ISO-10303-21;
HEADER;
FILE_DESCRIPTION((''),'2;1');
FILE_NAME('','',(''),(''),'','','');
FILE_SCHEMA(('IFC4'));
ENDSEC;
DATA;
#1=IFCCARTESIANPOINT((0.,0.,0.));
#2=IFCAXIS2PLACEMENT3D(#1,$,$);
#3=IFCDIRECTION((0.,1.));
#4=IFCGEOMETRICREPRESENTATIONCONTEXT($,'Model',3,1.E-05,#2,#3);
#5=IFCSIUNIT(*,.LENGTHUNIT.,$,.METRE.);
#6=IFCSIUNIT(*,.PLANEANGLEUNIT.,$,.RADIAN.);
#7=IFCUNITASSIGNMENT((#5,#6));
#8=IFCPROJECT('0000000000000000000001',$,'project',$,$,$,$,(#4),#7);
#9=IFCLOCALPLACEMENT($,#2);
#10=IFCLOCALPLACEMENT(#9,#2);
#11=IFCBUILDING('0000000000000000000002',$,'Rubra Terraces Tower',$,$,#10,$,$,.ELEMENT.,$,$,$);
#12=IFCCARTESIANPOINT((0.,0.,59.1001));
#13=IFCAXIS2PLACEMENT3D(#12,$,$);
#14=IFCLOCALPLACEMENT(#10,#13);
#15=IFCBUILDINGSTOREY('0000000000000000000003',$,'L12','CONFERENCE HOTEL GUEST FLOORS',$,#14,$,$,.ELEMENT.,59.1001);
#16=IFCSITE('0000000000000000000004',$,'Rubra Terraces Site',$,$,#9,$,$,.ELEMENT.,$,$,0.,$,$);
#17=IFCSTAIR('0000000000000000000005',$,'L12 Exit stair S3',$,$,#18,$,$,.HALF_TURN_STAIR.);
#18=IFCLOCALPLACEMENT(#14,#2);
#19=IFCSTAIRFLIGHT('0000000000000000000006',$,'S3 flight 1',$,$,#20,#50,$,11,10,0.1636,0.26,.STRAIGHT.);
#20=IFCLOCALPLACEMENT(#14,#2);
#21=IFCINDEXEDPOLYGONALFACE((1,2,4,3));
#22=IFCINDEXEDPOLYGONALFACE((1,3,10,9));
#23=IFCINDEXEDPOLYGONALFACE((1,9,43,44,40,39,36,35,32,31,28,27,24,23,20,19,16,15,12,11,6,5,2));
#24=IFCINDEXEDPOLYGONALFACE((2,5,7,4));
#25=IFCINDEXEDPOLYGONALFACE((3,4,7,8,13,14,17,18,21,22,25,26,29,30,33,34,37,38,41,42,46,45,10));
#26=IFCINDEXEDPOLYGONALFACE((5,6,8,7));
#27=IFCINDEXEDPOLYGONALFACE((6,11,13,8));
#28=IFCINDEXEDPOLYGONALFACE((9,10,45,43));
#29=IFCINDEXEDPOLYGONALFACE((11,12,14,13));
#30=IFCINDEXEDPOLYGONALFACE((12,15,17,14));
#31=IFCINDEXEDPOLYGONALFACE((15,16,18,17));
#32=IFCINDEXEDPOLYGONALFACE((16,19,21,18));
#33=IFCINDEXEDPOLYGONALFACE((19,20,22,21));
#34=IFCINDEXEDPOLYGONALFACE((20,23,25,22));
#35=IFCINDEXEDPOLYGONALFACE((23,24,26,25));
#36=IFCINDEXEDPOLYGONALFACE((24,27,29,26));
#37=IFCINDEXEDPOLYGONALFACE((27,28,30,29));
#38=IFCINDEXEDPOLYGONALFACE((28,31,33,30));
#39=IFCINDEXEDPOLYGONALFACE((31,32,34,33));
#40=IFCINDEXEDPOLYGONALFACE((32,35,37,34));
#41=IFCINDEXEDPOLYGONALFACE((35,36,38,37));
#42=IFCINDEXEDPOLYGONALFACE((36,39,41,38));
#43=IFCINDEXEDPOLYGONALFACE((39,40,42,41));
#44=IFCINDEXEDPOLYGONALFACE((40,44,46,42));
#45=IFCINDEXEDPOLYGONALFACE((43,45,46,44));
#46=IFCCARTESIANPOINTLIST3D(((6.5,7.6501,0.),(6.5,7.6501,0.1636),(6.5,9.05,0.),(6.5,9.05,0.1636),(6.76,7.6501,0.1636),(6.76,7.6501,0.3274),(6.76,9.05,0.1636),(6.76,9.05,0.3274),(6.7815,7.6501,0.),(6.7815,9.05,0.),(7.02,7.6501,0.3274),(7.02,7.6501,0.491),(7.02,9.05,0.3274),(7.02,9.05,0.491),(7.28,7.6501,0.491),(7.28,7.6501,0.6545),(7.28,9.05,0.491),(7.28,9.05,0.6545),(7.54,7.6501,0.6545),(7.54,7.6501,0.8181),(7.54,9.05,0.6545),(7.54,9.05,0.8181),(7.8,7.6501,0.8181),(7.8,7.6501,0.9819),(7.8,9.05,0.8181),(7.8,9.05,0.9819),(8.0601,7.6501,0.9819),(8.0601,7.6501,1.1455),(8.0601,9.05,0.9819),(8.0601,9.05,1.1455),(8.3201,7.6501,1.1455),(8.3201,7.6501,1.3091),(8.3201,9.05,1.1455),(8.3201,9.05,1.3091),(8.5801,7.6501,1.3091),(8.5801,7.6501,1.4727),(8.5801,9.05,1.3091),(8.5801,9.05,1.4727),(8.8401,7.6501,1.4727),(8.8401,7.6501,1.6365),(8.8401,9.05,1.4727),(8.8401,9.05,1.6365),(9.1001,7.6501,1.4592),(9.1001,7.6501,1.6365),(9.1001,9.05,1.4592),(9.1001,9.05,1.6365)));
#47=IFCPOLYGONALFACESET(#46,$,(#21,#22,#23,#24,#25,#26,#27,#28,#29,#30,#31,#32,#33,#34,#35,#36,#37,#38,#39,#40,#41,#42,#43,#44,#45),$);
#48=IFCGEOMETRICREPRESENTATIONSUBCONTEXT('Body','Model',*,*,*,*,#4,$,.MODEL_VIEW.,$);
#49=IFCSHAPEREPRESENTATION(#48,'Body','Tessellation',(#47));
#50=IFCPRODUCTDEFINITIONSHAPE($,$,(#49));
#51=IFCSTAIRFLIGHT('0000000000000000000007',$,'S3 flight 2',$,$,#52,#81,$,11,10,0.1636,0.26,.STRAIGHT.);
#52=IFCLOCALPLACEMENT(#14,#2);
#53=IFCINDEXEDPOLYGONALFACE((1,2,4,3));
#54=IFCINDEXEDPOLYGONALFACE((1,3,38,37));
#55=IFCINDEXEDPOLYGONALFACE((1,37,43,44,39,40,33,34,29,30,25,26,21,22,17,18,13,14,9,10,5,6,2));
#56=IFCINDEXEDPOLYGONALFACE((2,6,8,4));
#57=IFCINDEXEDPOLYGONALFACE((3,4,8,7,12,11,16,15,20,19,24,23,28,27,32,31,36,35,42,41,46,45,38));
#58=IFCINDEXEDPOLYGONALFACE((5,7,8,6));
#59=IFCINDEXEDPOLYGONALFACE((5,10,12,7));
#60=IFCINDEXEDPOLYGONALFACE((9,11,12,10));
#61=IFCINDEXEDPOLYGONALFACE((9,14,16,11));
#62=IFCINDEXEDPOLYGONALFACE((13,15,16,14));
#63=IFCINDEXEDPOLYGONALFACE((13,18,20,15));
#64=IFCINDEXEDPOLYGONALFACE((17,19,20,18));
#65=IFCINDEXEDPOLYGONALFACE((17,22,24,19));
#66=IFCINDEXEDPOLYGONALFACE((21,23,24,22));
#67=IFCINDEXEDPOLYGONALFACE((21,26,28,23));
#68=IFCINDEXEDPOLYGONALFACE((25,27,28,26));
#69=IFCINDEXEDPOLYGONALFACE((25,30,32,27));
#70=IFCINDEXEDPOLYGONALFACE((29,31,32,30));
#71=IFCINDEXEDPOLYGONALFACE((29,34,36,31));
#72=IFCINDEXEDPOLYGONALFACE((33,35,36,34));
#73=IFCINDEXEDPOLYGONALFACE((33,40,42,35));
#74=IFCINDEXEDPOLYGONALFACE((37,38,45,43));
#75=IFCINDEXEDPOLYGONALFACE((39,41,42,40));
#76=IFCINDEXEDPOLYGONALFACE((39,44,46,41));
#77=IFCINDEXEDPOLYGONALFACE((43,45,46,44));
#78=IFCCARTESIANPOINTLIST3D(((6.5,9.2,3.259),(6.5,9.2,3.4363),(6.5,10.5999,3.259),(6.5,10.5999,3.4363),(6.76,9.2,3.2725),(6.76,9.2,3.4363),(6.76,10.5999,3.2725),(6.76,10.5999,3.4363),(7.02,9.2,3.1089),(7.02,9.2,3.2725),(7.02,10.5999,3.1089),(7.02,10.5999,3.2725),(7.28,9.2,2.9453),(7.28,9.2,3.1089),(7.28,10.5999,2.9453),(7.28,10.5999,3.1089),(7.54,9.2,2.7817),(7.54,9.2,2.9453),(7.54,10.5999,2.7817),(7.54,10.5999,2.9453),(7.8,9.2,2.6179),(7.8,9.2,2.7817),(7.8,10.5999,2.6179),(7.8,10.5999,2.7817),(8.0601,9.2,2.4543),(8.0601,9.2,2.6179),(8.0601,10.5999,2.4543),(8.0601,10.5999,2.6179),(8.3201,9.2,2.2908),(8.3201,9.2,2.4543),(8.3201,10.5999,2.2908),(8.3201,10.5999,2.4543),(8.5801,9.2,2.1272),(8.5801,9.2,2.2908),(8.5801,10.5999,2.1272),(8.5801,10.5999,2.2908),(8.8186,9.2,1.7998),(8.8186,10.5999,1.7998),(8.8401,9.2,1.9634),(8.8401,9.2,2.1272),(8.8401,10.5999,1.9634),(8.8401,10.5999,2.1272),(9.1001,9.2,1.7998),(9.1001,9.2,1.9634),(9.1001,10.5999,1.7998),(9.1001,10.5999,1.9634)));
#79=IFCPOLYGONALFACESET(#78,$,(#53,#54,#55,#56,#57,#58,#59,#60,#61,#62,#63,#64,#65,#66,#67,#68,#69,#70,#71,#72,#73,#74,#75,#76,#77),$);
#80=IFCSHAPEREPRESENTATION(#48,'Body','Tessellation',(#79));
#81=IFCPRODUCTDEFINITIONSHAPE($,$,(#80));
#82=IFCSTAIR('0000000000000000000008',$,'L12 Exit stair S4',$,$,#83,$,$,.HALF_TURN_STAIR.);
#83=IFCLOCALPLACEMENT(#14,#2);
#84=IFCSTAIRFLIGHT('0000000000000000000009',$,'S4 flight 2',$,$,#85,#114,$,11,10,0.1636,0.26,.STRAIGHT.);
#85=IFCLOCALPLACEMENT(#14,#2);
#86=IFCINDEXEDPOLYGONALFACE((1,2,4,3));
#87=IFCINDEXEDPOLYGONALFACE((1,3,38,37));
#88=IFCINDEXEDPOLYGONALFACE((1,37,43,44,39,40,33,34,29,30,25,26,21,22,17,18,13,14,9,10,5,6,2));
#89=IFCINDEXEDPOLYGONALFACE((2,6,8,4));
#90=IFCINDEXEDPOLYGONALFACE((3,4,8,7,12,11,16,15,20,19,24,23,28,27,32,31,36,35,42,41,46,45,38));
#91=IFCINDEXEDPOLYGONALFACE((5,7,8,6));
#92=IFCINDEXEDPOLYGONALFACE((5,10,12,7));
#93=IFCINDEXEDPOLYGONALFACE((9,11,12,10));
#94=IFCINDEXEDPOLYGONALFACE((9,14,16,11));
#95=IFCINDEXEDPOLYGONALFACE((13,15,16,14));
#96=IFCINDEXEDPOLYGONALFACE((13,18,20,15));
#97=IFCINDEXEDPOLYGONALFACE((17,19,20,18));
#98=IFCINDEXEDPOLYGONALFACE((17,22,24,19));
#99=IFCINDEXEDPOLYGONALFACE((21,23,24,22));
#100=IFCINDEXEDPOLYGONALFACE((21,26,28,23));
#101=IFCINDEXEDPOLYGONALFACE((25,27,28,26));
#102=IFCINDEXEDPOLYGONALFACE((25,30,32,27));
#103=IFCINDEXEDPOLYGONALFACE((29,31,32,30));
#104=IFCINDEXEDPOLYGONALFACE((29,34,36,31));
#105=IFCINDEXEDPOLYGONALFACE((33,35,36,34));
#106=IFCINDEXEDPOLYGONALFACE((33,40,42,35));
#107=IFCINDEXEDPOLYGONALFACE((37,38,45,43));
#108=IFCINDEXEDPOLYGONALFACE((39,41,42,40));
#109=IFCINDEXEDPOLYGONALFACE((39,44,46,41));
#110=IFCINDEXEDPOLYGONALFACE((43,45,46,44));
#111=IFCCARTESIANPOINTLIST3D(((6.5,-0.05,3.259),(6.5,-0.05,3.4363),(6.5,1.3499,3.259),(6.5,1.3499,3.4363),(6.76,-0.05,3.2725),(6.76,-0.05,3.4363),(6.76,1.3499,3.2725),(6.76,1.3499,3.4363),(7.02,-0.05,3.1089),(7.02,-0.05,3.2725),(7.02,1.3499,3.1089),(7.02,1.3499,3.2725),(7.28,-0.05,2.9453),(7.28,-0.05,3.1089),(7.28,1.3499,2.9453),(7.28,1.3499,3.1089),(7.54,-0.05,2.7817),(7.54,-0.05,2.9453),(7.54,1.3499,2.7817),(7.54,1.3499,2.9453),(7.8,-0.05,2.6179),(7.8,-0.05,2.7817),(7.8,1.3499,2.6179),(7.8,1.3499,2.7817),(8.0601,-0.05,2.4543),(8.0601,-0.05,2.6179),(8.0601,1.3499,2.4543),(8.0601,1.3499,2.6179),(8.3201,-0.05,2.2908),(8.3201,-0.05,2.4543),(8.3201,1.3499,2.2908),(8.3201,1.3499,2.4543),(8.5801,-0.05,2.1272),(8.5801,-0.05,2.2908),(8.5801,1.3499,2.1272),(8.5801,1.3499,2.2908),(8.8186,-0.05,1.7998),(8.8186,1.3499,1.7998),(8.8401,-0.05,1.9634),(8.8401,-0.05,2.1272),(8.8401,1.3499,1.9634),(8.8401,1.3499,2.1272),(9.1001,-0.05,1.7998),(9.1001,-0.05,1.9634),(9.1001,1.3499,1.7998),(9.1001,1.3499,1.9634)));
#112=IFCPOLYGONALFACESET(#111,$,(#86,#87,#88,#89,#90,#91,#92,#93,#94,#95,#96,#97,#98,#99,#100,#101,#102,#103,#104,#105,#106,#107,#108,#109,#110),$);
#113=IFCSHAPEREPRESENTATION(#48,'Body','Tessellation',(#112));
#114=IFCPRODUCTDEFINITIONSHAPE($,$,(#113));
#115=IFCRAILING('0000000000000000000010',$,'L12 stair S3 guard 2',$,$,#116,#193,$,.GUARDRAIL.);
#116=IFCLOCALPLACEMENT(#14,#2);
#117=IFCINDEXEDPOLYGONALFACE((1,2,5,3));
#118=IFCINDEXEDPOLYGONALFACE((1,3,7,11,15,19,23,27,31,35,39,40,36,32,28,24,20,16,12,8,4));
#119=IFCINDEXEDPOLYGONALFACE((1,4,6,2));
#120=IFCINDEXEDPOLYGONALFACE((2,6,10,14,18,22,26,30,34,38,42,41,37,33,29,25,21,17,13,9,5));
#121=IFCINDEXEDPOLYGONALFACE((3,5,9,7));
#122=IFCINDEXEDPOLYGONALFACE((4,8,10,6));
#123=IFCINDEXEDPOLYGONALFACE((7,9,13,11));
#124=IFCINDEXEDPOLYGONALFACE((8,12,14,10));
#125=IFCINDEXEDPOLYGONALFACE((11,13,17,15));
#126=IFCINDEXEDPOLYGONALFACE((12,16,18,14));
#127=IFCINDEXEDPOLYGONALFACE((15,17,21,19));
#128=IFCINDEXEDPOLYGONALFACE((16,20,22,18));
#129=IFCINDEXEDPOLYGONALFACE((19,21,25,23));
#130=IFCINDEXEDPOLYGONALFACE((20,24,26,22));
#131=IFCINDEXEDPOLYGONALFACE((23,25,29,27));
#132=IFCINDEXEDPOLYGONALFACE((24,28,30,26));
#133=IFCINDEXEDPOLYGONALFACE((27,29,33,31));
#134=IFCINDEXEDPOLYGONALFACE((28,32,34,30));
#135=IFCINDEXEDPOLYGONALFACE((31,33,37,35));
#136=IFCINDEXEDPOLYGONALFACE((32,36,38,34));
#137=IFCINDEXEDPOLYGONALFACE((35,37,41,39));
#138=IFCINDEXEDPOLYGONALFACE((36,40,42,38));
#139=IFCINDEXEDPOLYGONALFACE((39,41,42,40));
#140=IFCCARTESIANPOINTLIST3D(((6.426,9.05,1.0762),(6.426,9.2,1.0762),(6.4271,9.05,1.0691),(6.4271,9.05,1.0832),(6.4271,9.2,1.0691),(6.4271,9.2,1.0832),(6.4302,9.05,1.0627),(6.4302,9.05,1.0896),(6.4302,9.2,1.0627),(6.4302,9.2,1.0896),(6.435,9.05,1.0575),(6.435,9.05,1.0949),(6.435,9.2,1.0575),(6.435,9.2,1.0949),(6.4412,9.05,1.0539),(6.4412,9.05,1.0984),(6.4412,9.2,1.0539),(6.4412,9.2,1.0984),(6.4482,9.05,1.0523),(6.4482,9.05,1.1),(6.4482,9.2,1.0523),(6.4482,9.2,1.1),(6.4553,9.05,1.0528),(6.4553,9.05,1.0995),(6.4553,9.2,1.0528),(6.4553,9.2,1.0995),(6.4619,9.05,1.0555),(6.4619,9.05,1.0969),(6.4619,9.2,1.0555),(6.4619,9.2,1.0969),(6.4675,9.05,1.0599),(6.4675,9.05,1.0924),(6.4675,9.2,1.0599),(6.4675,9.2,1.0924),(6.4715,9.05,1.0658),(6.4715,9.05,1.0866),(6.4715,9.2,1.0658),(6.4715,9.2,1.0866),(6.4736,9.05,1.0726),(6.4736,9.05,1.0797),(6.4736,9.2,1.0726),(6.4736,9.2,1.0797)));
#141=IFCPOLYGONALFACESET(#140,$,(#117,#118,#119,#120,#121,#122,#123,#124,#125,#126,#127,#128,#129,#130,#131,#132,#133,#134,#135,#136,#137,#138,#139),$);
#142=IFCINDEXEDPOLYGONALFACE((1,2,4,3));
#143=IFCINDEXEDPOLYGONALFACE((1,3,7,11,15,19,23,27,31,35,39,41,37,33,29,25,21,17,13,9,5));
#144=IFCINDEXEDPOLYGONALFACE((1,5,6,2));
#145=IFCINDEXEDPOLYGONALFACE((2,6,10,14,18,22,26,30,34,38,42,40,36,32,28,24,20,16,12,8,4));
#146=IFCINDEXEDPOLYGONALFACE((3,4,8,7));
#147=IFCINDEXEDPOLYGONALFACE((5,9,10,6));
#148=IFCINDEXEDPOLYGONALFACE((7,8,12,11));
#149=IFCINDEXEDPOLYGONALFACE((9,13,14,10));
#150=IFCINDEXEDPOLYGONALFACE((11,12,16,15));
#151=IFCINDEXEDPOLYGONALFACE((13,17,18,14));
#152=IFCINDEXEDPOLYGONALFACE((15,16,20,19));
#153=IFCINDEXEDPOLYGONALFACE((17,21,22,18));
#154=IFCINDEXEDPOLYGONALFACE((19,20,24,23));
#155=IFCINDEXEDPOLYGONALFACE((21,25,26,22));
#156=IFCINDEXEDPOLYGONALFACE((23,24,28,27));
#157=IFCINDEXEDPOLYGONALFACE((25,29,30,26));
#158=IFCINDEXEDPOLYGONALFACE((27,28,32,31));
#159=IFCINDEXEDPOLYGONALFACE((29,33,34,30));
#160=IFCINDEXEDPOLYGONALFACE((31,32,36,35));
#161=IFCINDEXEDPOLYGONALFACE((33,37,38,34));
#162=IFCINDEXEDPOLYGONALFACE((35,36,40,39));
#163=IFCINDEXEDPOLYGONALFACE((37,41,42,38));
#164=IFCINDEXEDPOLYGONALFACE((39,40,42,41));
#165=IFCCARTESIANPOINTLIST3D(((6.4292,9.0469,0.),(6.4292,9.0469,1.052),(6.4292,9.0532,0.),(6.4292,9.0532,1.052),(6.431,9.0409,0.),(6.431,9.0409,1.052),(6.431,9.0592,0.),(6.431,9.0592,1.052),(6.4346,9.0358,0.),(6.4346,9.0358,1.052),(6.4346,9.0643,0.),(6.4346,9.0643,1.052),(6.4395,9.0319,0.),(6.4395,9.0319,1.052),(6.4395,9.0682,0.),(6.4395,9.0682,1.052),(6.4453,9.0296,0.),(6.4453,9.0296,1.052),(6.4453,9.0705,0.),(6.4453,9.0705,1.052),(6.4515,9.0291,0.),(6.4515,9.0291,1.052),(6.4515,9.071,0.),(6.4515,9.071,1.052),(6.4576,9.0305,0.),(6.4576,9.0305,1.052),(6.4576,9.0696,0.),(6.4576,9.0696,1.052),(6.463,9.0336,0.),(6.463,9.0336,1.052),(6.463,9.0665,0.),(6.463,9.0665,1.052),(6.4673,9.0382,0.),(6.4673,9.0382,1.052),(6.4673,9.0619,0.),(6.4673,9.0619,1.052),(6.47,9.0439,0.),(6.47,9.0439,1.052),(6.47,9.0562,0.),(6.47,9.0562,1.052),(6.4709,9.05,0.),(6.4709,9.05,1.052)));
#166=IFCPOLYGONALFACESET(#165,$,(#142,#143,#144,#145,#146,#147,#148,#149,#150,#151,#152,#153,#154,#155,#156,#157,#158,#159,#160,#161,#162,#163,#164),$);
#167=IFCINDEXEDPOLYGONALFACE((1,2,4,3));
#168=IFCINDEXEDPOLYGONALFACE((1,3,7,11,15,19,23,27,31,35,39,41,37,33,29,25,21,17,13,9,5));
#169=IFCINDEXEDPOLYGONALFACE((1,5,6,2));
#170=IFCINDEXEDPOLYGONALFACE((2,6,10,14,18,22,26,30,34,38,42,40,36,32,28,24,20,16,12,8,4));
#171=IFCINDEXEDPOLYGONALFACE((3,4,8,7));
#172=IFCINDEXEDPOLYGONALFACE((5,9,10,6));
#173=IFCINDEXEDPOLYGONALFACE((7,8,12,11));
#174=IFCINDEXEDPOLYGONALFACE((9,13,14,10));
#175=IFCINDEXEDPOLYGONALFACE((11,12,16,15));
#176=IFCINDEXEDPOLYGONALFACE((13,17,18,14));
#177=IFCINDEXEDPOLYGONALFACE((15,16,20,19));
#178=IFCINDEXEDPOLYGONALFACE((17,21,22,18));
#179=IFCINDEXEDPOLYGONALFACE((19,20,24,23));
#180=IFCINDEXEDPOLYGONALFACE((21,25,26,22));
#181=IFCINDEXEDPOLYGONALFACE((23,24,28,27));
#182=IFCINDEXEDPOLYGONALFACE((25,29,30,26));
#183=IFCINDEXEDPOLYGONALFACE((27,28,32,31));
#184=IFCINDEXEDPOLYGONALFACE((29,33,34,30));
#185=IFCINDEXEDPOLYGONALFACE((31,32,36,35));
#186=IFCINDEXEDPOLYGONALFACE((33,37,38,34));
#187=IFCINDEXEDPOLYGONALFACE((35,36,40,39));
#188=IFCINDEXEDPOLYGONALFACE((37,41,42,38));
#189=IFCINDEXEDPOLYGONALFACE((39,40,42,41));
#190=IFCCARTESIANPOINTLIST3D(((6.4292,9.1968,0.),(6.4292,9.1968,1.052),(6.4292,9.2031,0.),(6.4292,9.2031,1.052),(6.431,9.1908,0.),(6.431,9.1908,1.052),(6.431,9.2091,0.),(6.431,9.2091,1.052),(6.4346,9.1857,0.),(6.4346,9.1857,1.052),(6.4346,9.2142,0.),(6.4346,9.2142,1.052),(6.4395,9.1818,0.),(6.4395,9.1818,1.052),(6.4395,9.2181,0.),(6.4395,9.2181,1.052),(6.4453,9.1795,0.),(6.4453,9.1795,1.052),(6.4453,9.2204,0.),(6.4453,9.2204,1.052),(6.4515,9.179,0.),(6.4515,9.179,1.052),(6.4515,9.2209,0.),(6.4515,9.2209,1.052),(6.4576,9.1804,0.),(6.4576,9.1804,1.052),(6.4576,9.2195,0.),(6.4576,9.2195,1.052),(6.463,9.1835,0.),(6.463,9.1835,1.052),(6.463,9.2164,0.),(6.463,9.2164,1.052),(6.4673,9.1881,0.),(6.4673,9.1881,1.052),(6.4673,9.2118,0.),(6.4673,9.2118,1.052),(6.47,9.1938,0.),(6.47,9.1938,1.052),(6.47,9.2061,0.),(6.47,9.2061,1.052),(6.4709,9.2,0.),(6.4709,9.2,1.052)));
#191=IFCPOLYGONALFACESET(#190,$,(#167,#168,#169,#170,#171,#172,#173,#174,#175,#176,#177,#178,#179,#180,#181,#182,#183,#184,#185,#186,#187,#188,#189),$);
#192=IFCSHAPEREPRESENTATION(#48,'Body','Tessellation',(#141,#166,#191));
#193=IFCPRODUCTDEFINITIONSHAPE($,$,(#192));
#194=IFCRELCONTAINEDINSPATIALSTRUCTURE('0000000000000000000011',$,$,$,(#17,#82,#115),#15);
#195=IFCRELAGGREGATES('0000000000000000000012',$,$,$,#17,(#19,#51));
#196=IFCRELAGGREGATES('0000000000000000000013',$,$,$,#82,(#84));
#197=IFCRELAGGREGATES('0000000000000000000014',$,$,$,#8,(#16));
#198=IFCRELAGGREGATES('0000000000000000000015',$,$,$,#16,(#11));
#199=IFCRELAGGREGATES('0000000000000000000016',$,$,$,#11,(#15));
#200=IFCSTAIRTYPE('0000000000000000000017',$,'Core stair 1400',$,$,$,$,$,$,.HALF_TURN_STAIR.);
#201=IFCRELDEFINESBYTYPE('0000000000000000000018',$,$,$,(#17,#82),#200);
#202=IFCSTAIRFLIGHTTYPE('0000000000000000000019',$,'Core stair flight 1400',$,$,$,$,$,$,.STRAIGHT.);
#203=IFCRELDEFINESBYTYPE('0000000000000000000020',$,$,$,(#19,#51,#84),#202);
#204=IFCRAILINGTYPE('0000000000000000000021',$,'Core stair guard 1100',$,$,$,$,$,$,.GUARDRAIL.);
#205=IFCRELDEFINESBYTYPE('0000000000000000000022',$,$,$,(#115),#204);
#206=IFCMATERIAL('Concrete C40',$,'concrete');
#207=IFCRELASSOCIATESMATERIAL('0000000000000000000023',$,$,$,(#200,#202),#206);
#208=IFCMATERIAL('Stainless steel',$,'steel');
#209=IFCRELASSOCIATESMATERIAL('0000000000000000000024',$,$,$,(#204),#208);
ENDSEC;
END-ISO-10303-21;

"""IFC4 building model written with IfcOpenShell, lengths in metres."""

from ifc_helpers import new_model, si_unit, direction, frame, origin, origin_2d, place, context, subcontext, project, spatial, polyline, circle, outline, extrude, material, type_object, element, aggregate, save


model = new_model("IFC4")

# Units and contexts
model_context = context("Model", 3, precision=1e-05, world=origin(), true_north=direction((0.0, 1.0)))
body_context = subcontext(model_context, "Body", "Model", "MODEL_VIEW")
ifc_project = project(units=[si_unit("LENGTHUNIT", "METRE"), si_unit("PLANEANGLEUNIT", "RADIAN")], contexts=[model_context])

# Site, building, storey
site_placement = place(None, origin())
site = spatial("IfcSite", under=ifc_project, at=site_placement, Name="Rubra Terraces Site", CompositionType="ELEMENT", RefElevation=0.0)
building_placement = place(site_placement, origin())
building = spatial("IfcBuilding", under=site, at=building_placement, Name="Rubra Terraces Tower", CompositionType="ELEMENT")
storey_placement = place(building_placement, frame((0.0, 0.0, 59.1001)))
storey = spatial("IfcBuildingStorey", under=building, at=storey_placement, Name="L12", Description="CONFERENCE HOTEL GUEST FLOORS", CompositionType="ELEMENT", Elevation=59.1001)

# Shared definitions
ifc_material_1 = material(Name="Stainless steel", Category="steel")

# Shared definitions
ifc_material_2 = material(Name="Concrete C40", Category="concrete")

# Stair, stair flights
stair_type = type_object("IfcStairType", Name="Core stair 1400", PredefinedType="HALF_TURN_STAIR", material=ifc_material_2)
stair_1_placement = place(storey_placement, origin())
stair_1 = element("IfcStair", 1, at=stair_1_placement, inside=storey, type_object=stair_type, Name="L12 Exit stair S3", PredefinedType="HALF_TURN_STAIR")
stair_flight_type = type_object("IfcStairFlightType", Name="Core stair flight 1400", PredefinedType="STRAIGHT", material=ifc_material_2)
stair_flight_1_placement = place(storey_placement, frame((6.5, 8.3501, 0.0), z_axis=(0.0, 0.0, 1.0), x_axis=(1.0, 0.0, 0.0)))
stair_flight_1 = element("IfcStairFlight", 2, at=stair_flight_1_placement, type_object=stair_flight_type, Name="S3 flight 1", NumberOfRisers=11, NumberOfTreads=10, PredefinedType="STRAIGHT", RiserHeight=0.1636, TreadLength=0.26, context=body_context, shape_type="SweptSolid", body=[
    extrude(outline(polyline([(0.0, 0.0), (0.0, 0.1636), (0.26, 0.1636), (0.26, 0.3274), (0.52, 0.3274), (0.52, 0.491), (0.78, 0.491), (0.78, 0.6545), (1.04, 0.6545), (1.04, 0.8181), (1.3, 0.8181), (1.3, 0.9819), (1.5601, 0.9819), (1.5601, 1.1455), (1.8201, 1.1455), (1.8201, 1.3091), (2.0801, 1.3091), (2.0801, 1.4727), (2.3401, 1.4727), (2.3401, 1.6365), (2.6001, 1.6365), (2.6001, 1.8), (2.6001, 1.4592), (0.2815, 0.0), (0.0, 0.0)])), frame((0.0, 0.7, 0.0), z_axis=(0.0, -1.0, 0.0), x_axis=(1.0, 0.0, 0.0)), (0.0, 0.0, 1.0), 1.3999),
])
stair_flight_2_placement = place(storey_placement, frame((9.1001, 9.8999, 1.7998), z_axis=(0.0, 0.0, 1.0), x_axis=(-1.0, 0.0, 0.0)))
stair_flight_2 = element("IfcStairFlight", 3, at=stair_flight_2_placement, type_object=stair_flight_type, Name="S3 flight 2", NumberOfRisers=11, NumberOfTreads=10, PredefinedType="STRAIGHT", RiserHeight=0.1636, TreadLength=0.26, context=body_context, shape_type="SweptSolid", body=[
    extrude(outline(polyline([(0.0, 0.0), (0.0, 0.1636), (0.26, 0.1636), (0.26, 0.3274), (0.52, 0.3274), (0.52, 0.491), (0.78, 0.491), (0.78, 0.6545), (1.04, 0.6545), (1.04, 0.8181), (1.3, 0.8181), (1.3, 0.9819), (1.5601, 0.9819), (1.5601, 1.1455), (1.8201, 1.1455), (1.8201, 1.3091), (2.0801, 1.3091), (2.0801, 1.4727), (2.3401, 1.4727), (2.3401, 1.6365), (2.6001, 1.6365), (2.6001, 1.8), (2.6001, 1.4592), (0.2815, 0.0), (0.0, 0.0)])), frame((0.0, 0.7, 0.0), z_axis=(0.0, -1.0, 0.0), x_axis=(1.0, 0.0, 0.0)), (0.0, 0.0, 1.0), 1.3999),
])
aggregate(stair_1, [stair_flight_1, stair_flight_2])

# Stair, stair flight
stair_2_placement = place(storey_placement, origin())
stair_2 = element("IfcStair", 4, at=stair_2_placement, inside=storey, type_object=stair_type, Name="L12 Exit stair S4", PredefinedType="HALF_TURN_STAIR")
stair_flight_3_placement = place(storey_placement, frame((9.1001, 0.6499, 1.7998), z_axis=(0.0, 0.0, 1.0), x_axis=(-1.0, 0.0, 0.0)))
stair_flight_3 = element("IfcStairFlight", 5, at=stair_flight_3_placement, type_object=stair_flight_type, Name="S4 flight 2", NumberOfRisers=11, NumberOfTreads=10, PredefinedType="STRAIGHT", RiserHeight=0.1636, TreadLength=0.26, context=body_context, shape_type="SweptSolid", body=[
    extrude(outline(polyline([(0.0, 0.0), (0.0, 0.1636), (0.26, 0.1636), (0.26, 0.3274), (0.52, 0.3274), (0.52, 0.491), (0.78, 0.491), (0.78, 0.6545), (1.04, 0.6545), (1.04, 0.8181), (1.3, 0.8181), (1.3, 0.9819), (1.5601, 0.9819), (1.5601, 1.1455), (1.8201, 1.1455), (1.8201, 1.3091), (2.0801, 1.3091), (2.0801, 1.4727), (2.3401, 1.4727), (2.3401, 1.6365), (2.6001, 1.6365), (2.6001, 1.8), (2.6001, 1.4592), (0.2815, 0.0), (0.0, 0.0)])), frame((0.0, 0.7, 0.0), z_axis=(0.0, -1.0, 0.0), x_axis=(1.0, 0.0, 0.0)), (0.0, 0.0, 1.0), 1.3999),
])
aggregate(stair_2, [stair_flight_3])

# Railing
railing_type_1 = type_object("IfcRailingType", Name="Core stair guard 1100", PredefinedType="GUARDRAIL", material=ifc_material_1)
railing_1_placement = place(storey_placement, frame((6.45, 9.05, 0.0)))
element("IfcRailing", 6, at=railing_1_placement, inside=storey, type_object=railing_type_1, Name="L12 stair S3 guard 2", PredefinedType="GUARDRAIL", context=body_context, shape_type="SweptSolid", body=[
    extrude(circle(Radius=0.0239, at=origin_2d()), frame((0.0, 0.0, 1.0762), z_axis=(0.0, 1.0, 0.0), x_axis=(-1.0, 0.0, 0.0)), (0.0, 0.0, 1.0), 0.1499),
    extrude(circle(Radius=0.021, at=origin_2d()), origin(), (0.0, 0.0, 1.0), 1.052),
    extrude(circle(Radius=0.021, at=origin_2d()), frame((0.0, 0.1499, 0.0)), (0.0, 0.0, 1.0), 1.052),
])

save(model, "model.ifc")
